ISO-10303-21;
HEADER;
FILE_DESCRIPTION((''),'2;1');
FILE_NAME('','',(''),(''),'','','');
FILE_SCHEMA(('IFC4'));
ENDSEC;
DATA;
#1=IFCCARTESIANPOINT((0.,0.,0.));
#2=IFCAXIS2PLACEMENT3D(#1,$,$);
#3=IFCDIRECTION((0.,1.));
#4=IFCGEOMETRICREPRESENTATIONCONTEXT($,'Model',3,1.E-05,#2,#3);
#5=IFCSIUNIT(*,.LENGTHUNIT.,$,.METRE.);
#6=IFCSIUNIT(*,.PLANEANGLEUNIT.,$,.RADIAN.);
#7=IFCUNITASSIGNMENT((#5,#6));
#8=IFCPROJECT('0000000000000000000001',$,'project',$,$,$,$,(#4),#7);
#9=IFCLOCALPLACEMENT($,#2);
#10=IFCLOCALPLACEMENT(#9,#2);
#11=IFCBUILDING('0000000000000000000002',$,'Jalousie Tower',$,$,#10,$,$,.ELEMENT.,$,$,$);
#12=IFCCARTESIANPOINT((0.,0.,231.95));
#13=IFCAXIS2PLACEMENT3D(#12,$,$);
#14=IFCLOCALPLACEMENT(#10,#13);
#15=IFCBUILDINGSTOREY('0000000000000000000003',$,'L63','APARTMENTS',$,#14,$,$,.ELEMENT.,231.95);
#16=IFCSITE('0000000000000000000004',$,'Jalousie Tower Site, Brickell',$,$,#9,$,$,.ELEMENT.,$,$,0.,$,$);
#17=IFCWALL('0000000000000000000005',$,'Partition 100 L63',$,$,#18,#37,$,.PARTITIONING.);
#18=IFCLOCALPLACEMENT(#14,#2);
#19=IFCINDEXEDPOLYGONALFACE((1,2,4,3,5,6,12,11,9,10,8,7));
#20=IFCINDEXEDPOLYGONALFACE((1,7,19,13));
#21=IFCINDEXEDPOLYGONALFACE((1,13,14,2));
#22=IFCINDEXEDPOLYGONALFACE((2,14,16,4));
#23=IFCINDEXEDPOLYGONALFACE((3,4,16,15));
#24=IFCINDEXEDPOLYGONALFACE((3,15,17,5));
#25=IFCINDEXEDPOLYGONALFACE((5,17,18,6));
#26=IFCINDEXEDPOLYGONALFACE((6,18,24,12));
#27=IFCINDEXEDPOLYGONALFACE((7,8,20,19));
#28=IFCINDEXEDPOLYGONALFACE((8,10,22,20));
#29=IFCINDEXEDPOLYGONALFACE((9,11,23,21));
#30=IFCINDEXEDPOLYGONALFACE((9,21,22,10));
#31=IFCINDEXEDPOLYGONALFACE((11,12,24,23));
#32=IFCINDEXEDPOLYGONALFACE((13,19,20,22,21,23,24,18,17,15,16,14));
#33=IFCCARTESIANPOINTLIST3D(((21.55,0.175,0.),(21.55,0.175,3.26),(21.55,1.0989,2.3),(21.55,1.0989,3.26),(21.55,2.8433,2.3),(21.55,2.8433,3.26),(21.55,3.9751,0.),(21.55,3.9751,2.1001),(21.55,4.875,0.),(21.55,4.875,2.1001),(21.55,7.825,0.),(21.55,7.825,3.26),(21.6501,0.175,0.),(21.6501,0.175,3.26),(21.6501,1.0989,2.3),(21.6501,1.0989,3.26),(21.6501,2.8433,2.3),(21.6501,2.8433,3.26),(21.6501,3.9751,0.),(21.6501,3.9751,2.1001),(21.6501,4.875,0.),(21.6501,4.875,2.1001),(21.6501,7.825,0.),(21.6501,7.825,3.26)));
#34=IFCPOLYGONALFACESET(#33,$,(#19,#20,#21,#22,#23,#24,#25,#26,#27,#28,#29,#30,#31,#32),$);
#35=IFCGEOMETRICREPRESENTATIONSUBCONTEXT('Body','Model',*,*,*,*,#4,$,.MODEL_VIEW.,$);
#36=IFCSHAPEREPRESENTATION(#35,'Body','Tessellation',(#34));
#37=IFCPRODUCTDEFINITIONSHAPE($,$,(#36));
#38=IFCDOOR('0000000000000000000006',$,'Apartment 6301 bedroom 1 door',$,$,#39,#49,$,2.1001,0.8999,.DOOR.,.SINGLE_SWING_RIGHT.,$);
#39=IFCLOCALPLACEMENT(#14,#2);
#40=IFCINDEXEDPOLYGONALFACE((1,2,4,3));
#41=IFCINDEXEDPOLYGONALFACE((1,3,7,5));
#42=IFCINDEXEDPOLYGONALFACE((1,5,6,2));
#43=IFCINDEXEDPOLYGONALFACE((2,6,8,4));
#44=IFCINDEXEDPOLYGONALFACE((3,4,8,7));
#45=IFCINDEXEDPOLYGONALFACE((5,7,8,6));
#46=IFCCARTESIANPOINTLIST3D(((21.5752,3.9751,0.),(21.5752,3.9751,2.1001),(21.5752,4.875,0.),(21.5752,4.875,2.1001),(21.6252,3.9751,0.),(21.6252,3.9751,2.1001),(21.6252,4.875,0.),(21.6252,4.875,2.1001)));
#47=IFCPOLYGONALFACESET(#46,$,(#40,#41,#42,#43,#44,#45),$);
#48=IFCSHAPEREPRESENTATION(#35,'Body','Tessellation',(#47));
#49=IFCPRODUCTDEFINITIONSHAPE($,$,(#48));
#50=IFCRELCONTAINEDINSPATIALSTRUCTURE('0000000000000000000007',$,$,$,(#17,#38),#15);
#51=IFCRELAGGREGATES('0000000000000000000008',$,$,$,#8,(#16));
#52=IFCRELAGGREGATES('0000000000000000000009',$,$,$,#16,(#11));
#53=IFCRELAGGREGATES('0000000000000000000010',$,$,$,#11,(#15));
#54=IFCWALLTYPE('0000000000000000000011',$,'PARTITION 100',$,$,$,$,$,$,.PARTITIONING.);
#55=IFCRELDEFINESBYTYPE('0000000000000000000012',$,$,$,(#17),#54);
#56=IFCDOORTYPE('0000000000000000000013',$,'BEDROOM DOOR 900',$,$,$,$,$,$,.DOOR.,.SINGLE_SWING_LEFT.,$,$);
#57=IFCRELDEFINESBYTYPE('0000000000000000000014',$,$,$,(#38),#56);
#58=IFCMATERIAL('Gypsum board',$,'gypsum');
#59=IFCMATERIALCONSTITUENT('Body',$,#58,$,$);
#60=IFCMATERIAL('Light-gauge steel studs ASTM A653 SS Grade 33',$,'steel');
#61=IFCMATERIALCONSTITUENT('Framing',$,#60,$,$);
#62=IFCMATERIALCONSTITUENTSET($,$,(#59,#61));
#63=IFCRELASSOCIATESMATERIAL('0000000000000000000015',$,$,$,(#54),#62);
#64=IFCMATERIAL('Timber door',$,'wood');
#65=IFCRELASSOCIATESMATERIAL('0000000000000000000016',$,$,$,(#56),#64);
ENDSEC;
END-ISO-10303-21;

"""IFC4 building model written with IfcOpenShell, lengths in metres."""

from ifc_helpers import new_model, si_unit, direction, frame, frame_2d, origin, place, context, subcontext, project, spatial, polyline, rectangle, outline, extrude, material, constituent, constituent_set, type_object, element, fill, save


model = new_model("IFC4")

# Units and contexts
model_context = context("Model", 3, precision=1e-05, world=origin(), true_north=direction((0.0, 1.0)))
body_context = subcontext(model_context, "Body", "Model", "MODEL_VIEW")
ifc_project = project(units=[si_unit("LENGTHUNIT", "METRE"), si_unit("PLANEANGLEUNIT", "RADIAN")], contexts=[model_context])

# Site, building, storey
site_placement = place(None, origin())
site = spatial("IfcSite", under=ifc_project, at=site_placement, Name="Jalousie Tower Site, Brickell", CompositionType="ELEMENT", RefElevation=0.0)
building_placement = place(site_placement, origin())
building = spatial("IfcBuilding", under=site, at=building_placement, Name="Jalousie Tower", CompositionType="ELEMENT")
storey_placement = place(building_placement, frame((0.0, 0.0, 231.95)))
storey = spatial("IfcBuildingStorey", under=building, at=storey_placement, Name="L63", Description="APARTMENTS", CompositionType="ELEMENT", Elevation=231.95)

# Wall, opening, door
ifc_material_1 = material(Name="Gypsum board", Category="gypsum")
ifc_constituent_1 = constituent(ifc_material_1, Name="Body")
ifc_material_2 = material(Name="Light-gauge steel studs ASTM A653 SS Grade 33", Category="steel")
ifc_constituent_2 = constituent(ifc_material_2, Name="Framing")
ifc_constituent_set_1 = constituent_set(constituents=[ifc_constituent_1, ifc_constituent_2])
wall_type_1 = type_object("IfcWallType", Name="PARTITION 100", PredefinedType="PARTITIONING", material=ifc_constituent_set_1)
wall_1_placement = place(storey_placement, frame((21.6001, 0.175, 0.0), z_axis=(0.0, 0.0, 1.0), x_axis=(0.0, 1.0, 0.0)))
wall_1 = element("IfcWall", 1, at=wall_1_placement, inside=storey, type_object=wall_type_1, Name="Partition 100 L63", PredefinedType="PARTITIONING", context=body_context, shape_type="SweptSolid", body=[
    extrude(outline(polyline([(0.0, 0.0), (7.6499, 0.0), (7.6499, 3.26), (2.6682, 3.26), (2.6682, 2.3), (0.9238, 2.3), (0.9238, 3.26), (0.0, 3.26), (0.0, 0.0)])), frame((0.0, 0.05, 0.0), z_axis=(0.0, -1.0, 0.0), x_axis=(1.0, 0.0, 0.0)), (0.0, 0.0, 1.0), 0.1001),
])
opening_1_placement = place(wall_1_placement, frame((3.8, 0.0, 0.0)))
opening_1 = element("IfcOpeningElement", 2, at=opening_1_placement, cuts=wall_1, PredefinedType="OPENING", context=body_context, shape_type="SweptSolid", body=[
    extrude(rectangle(XDim=0.8999, YDim=2.1001, at=frame_2d((0.45, 1.05))), frame((0.0, 0.0601, 0.0), z_axis=(0.0, -1.0, 0.0), x_axis=(1.0, 0.0, 0.0)), (0.0, 0.0, 1.0), 0.1201),
])
ifc_material_3 = material(Name="Timber door", Category="wood")
door_type_1 = type_object("IfcDoorType", Name="BEDROOM DOOR 900", OperationType="SINGLE_SWING_LEFT", PredefinedType="DOOR", material=ifc_material_3)
door_1_placement = place(opening_1_placement, origin())
door_1 = element("IfcDoor", 3, at=door_1_placement, inside=storey, type_object=door_type_1, Name="Apartment 6301 bedroom 1 door", OperationType="SINGLE_SWING_RIGHT", OverallHeight=2.1001, OverallWidth=0.8999, PredefinedType="DOOR", context=body_context, shape_type="SweptSolid", body=[
    extrude(rectangle(XDim=0.8999, YDim=2.1001, at=frame_2d((0.45, 1.05))), frame((0.0, 0.0249, 0.0), z_axis=(0.0, -1.0, 0.0), x_axis=(1.0, 0.0, 0.0)), (0.0, 0.0, 1.0), 0.05),
])
fill(opening_1, door_1)

save(model, "model.ifc")
